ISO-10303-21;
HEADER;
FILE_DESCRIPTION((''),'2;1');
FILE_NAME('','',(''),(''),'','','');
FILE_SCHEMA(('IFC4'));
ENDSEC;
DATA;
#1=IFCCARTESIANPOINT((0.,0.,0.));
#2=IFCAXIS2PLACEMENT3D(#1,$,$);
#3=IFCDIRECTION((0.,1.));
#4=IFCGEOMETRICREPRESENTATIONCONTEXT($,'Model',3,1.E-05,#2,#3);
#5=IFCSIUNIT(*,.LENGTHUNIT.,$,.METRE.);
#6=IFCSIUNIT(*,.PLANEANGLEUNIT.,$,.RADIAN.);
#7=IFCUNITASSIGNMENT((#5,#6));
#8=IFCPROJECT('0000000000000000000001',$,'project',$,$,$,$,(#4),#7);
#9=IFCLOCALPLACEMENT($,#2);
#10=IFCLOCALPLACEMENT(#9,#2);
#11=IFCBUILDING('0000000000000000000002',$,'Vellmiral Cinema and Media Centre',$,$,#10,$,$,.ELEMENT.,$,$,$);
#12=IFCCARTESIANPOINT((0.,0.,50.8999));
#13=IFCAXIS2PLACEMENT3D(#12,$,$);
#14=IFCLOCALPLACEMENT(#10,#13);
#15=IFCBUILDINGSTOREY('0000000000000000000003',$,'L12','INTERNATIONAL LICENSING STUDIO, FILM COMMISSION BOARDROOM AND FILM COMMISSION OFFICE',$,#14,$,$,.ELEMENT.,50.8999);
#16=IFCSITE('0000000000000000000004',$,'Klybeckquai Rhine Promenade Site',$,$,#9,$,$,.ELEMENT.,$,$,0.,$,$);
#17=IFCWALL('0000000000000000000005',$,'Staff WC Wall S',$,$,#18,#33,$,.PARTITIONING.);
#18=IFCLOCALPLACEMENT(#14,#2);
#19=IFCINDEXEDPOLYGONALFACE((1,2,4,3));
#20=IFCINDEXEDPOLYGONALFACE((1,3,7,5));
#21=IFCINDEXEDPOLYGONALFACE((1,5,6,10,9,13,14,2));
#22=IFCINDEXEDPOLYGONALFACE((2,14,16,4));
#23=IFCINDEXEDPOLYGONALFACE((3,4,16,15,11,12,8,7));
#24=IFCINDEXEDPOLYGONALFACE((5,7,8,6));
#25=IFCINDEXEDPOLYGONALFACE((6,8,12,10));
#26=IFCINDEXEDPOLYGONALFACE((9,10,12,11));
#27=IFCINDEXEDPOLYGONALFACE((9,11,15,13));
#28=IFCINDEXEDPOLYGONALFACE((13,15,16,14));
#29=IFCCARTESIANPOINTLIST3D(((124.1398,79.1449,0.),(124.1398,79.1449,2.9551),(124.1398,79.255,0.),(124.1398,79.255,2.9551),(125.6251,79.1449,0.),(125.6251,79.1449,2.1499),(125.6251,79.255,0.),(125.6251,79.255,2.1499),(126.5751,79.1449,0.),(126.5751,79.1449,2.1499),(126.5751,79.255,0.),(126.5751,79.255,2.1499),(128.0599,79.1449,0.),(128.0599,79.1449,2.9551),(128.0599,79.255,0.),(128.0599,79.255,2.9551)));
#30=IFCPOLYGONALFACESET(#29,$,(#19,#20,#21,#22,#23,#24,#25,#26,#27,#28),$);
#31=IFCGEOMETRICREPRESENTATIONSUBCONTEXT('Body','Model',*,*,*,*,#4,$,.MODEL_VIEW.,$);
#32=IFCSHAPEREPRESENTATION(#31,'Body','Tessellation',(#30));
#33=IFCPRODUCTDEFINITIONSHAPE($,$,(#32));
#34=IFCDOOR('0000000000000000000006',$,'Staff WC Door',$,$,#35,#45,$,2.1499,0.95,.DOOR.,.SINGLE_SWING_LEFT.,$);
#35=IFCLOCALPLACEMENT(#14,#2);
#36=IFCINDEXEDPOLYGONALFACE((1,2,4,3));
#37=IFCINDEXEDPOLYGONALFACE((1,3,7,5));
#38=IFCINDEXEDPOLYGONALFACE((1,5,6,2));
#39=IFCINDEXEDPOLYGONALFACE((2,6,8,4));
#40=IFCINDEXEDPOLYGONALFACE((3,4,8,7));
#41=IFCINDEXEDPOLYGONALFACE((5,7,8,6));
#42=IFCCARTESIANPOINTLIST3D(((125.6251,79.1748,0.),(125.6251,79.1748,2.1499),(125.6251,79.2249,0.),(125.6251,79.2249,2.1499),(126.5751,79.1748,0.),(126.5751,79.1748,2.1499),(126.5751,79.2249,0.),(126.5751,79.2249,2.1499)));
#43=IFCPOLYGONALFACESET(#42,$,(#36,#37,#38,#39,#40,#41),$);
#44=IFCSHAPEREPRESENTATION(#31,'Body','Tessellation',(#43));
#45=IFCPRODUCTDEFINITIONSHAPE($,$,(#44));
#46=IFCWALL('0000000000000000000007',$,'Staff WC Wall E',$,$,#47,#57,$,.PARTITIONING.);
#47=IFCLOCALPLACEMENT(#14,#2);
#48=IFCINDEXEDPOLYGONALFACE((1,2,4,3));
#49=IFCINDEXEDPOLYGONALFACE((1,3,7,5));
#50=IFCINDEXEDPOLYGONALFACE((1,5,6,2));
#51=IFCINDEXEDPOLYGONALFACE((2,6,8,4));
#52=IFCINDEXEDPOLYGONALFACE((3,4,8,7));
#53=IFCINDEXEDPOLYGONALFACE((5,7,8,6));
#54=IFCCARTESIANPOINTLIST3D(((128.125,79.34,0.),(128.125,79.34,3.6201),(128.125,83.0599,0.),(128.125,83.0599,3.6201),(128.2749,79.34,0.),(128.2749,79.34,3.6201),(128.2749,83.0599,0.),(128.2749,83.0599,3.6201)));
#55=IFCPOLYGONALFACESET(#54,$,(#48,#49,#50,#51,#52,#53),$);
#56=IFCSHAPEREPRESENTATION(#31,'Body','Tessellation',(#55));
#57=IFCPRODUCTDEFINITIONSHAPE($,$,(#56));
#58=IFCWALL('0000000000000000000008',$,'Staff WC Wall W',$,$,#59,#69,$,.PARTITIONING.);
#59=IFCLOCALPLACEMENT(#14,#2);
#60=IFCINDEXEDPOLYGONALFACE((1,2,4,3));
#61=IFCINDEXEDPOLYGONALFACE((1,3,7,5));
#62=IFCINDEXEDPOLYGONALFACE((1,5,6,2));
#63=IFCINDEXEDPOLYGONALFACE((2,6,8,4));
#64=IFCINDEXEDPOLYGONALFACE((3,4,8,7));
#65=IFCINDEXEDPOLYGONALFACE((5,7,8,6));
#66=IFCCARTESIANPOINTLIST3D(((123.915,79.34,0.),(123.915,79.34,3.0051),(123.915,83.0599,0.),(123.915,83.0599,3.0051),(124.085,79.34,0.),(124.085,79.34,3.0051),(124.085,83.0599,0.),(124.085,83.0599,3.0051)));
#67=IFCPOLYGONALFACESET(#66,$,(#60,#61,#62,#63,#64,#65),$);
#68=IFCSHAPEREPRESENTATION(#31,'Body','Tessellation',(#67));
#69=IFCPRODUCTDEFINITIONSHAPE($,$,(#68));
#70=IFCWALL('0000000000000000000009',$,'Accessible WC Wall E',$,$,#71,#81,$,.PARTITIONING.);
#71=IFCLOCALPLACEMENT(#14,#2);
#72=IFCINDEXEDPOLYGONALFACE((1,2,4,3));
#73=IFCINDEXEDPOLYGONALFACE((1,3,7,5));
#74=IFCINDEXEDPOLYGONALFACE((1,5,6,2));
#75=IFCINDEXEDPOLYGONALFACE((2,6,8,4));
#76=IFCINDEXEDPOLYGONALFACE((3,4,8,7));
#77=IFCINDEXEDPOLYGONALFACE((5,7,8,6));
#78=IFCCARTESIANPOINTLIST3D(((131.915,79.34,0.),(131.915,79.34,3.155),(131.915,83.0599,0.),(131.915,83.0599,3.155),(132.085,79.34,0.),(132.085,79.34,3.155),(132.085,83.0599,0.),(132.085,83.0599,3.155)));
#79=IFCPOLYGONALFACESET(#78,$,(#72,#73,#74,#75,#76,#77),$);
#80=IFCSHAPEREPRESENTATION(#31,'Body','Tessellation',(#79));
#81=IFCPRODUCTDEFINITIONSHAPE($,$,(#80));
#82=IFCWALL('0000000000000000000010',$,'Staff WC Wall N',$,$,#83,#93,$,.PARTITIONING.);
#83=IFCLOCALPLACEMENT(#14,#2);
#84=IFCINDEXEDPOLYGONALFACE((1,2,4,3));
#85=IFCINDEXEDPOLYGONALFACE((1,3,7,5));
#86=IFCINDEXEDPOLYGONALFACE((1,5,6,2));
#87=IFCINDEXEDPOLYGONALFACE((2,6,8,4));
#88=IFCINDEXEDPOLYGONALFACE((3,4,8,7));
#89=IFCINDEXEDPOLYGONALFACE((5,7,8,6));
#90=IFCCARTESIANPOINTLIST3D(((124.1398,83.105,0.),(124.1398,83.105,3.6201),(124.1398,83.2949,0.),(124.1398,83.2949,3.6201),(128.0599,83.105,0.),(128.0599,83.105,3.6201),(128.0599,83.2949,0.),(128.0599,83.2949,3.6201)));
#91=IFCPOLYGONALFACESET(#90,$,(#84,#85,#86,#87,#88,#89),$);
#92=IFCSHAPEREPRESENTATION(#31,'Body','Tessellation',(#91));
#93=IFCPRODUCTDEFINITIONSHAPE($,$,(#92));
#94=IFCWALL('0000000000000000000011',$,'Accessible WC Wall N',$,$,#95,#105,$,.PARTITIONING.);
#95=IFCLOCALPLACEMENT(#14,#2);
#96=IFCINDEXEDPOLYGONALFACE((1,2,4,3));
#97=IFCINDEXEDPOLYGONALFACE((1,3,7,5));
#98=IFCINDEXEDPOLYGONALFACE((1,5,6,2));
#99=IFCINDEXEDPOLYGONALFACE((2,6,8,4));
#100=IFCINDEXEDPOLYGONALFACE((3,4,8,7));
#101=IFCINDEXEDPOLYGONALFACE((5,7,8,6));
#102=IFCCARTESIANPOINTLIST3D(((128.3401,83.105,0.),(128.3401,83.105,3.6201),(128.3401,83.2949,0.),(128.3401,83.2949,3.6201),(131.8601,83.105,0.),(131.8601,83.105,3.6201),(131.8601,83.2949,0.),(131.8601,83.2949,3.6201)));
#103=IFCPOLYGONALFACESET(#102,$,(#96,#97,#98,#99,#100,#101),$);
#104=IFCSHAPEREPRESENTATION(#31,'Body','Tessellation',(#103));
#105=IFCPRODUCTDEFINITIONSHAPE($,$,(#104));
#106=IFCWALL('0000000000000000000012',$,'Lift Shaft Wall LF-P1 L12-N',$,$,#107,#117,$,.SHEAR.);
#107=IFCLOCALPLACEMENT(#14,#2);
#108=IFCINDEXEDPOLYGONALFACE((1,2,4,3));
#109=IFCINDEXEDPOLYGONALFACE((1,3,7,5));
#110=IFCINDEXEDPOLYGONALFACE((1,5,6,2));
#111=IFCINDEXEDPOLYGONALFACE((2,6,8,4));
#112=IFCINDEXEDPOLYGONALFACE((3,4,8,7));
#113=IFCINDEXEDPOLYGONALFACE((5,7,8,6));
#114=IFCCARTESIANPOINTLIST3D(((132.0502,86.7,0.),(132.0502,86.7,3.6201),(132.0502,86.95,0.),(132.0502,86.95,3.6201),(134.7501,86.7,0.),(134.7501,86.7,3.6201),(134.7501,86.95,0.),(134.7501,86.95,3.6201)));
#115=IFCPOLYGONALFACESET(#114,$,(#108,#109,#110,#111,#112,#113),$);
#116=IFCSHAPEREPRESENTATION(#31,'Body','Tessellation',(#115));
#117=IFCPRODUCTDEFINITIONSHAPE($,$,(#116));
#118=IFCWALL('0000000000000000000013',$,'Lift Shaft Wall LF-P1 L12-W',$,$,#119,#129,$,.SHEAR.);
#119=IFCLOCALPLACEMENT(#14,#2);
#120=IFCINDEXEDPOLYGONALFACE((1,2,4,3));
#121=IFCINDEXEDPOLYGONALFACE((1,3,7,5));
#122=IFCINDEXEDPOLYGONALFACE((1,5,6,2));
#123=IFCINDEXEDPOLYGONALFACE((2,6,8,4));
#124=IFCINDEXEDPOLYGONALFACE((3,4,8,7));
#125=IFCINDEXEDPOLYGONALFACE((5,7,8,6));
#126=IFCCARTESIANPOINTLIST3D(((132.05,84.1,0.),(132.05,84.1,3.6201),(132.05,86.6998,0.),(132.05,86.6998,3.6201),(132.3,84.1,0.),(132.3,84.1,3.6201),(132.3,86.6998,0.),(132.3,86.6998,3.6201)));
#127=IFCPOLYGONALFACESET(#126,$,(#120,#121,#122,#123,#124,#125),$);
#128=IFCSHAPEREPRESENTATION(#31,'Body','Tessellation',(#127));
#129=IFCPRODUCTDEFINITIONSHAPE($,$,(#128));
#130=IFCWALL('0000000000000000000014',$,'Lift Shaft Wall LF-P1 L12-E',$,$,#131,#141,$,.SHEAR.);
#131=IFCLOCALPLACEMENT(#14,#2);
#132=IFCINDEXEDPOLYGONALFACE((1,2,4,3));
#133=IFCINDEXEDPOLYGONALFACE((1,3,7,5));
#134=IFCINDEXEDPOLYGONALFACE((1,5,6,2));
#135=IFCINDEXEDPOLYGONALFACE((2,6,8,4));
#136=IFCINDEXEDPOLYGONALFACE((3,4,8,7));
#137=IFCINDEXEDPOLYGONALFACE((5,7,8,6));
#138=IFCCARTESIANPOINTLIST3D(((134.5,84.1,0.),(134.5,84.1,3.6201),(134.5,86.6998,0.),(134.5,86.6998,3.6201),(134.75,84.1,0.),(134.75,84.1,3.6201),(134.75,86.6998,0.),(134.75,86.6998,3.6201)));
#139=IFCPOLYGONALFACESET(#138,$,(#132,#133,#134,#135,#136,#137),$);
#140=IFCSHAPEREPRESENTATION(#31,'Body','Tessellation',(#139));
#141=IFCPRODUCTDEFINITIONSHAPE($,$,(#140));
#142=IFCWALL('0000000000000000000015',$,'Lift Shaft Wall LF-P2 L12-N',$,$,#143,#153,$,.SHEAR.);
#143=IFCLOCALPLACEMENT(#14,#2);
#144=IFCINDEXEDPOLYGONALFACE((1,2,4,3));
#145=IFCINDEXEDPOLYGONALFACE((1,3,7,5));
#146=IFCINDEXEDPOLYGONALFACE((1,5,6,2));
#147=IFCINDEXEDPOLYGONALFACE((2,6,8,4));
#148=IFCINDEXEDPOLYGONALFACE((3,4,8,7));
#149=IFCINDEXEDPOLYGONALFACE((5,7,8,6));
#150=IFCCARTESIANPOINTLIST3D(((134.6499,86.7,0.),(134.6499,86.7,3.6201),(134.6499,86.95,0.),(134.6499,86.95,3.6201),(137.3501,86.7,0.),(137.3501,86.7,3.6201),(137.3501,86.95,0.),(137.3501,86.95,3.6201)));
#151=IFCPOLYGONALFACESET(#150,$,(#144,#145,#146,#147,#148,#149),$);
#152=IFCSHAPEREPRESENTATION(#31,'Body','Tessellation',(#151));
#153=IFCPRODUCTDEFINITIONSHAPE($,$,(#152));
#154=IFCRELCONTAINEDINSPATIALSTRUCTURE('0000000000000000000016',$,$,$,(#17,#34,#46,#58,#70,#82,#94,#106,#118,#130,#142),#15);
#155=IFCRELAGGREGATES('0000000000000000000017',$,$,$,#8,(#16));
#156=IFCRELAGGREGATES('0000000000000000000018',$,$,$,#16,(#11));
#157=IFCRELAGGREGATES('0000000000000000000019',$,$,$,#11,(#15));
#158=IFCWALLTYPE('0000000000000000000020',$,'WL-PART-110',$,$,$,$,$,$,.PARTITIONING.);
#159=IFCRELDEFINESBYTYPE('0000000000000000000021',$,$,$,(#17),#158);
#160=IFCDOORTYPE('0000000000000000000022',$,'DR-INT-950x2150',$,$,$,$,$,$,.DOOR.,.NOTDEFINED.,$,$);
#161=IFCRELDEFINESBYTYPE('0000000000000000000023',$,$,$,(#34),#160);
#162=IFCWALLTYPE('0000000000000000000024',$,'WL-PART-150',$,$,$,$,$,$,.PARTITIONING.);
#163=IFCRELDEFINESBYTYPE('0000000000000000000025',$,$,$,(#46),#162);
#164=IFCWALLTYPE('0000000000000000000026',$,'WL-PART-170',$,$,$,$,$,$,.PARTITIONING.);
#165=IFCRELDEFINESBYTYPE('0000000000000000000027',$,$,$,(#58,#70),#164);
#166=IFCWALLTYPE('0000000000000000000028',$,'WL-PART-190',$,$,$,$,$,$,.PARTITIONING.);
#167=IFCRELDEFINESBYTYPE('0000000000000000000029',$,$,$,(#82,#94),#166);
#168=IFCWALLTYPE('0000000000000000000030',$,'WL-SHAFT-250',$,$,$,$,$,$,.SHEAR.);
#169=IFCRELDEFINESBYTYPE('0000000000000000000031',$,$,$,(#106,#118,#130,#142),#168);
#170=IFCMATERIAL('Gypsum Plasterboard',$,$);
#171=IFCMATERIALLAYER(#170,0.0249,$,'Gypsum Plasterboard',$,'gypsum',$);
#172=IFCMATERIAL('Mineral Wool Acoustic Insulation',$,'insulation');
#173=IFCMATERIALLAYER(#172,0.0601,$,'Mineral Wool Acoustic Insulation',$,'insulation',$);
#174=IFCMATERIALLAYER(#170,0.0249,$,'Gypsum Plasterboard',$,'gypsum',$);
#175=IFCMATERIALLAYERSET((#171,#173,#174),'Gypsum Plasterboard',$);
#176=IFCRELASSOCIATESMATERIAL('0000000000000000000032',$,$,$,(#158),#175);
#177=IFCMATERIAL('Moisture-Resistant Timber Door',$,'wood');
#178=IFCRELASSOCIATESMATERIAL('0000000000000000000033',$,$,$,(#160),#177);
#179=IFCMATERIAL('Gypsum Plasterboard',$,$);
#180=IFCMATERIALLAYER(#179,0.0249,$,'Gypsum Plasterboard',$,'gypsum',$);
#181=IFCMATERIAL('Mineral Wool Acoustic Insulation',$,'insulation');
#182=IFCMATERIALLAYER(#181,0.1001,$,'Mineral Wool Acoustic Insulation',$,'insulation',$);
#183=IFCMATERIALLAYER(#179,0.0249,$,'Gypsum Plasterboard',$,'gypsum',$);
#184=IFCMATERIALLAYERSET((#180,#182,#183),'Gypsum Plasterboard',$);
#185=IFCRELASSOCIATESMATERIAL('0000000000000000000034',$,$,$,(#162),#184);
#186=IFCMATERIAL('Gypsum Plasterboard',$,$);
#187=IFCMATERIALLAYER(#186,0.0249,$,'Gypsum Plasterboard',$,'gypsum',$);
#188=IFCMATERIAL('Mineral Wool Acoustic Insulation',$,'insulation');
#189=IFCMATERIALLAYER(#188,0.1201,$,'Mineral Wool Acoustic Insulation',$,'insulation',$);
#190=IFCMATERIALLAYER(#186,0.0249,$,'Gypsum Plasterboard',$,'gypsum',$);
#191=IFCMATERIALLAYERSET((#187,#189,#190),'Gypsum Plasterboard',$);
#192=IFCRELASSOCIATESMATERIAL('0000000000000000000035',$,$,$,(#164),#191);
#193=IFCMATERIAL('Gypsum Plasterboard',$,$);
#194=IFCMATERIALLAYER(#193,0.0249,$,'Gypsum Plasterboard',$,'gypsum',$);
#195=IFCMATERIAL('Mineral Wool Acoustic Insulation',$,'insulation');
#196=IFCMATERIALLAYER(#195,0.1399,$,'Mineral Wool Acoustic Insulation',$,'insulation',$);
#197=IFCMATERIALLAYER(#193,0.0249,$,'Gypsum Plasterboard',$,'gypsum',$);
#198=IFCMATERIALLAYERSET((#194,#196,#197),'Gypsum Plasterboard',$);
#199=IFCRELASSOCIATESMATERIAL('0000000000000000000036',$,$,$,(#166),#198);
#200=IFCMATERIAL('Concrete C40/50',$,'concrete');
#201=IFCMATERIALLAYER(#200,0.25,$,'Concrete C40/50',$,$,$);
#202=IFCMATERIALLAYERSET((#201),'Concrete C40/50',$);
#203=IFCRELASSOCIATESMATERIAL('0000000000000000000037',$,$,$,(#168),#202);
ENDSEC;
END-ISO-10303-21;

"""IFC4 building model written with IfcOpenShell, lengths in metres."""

from ifc_helpers import new_model, si_unit, direction, frame, frame_2d, origin, place, context, subcontext, project, spatial, rectangle, extrude, material, layer, layer_set, type_object, element, fill, save


model = new_model("IFC4")

# Units and contexts
model_context = context("Model", 3, precision=1e-05, world=origin(), true_north=direction((0.0, 1.0)))
body_context = subcontext(model_context, "Body", "Model", "MODEL_VIEW")
ifc_project = project(units=[si_unit("LENGTHUNIT", "METRE"), si_unit("PLANEANGLEUNIT", "RADIAN")], contexts=[model_context])

# Site, building, storey
site_placement = place(None, origin())
site = spatial("IfcSite", under=ifc_project, at=site_placement, Name="Klybeckquai Rhine Promenade Site", CompositionType="ELEMENT", RefElevation=0.0)
building_placement = place(site_placement, origin())
building = spatial("IfcBuilding", under=site, at=building_placement, Name="Vellmiral Cinema and Media Centre", CompositionType="ELEMENT")
storey_placement = place(building_placement, frame((0.0, 0.0, 50.8999)))
storey = spatial("IfcBuildingStorey", under=building, at=storey_placement, Name="L12", Description="INTERNATIONAL LICENSING STUDIO, FILM COMMISSION BOARDROOM AND FILM COMMISSION OFFICE", CompositionType="ELEMENT", Elevation=50.8999)

# Wall, opening, door
ifc_material_1 = material(Name="Gypsum Plasterboard")
ifc_layer_1 = layer(ifc_material_1, 0.0249, Name="Gypsum Plasterboard", Category="gypsum")
ifc_material_2 = material(Name="Mineral Wool Acoustic Insulation", Category="insulation")
ifc_layer_2 = layer(ifc_material_2, 0.0601, Name="Mineral Wool Acoustic Insulation", Category="insulation")
ifc_layer_3 = layer(ifc_material_1, 0.0249, Name="Gypsum Plasterboard", Category="gypsum")
ifc_layer_set_1 = layer_set([ifc_layer_1, ifc_layer_2, ifc_layer_3], Name="Gypsum Plasterboard")
wall_type_1 = type_object("IfcWallType", Name="WL-PART-110", PredefinedType="PARTITIONING", material=ifc_layer_set_1)
wall_1_placement = place(storey_placement, frame((124.1399, 79.2, 0.0), z_axis=(0.0, 0.0, 1.0), x_axis=(1.0, 0.0, 0.0)))
wall_1 = element("IfcWall", 1, at=wall_1_placement, inside=storey, type_object=wall_type_1, Name="Staff WC Wall S", PredefinedType="PARTITIONING", context=body_context, shape_type="SweptSolid", body=[
    extrude(rectangle(XDim=3.9202, YDim=0.1101, at=frame_2d((1.96, 0.0))), origin(), (0.0, 0.0, 1.0), 2.9551),
])
opening_1_placement = place(wall_1_placement, frame((1.4851, 0.0, 0.0)))
opening_1 = element("IfcOpeningElement", 2, at=opening_1_placement, cuts=wall_1, PredefinedType="OPENING", context=body_context, shape_type="SweptSolid", body=[
    extrude(rectangle(XDim=0.95, YDim=2.1499, at=frame_2d((0.4751, 1.075))), frame((0.0, 0.0669, 0.0), z_axis=(0.0, -1.0, 0.0), x_axis=(1.0, 0.0, 0.0)), (0.0, 0.0, 1.0), 0.134),
])
ifc_material_3 = material(Name="Moisture-Resistant Timber Door", Category="wood")
door_type_1 = type_object("IfcDoorType", Name="DR-INT-950x2150", OperationType="NOTDEFINED", PredefinedType="DOOR", material=ifc_material_3)
door_1_placement = place(opening_1_placement, origin())
door_1 = element("IfcDoor", 3, at=door_1_placement, inside=storey, type_object=door_type_1, Name="Staff WC Door", OperationType="SINGLE_SWING_LEFT", OverallHeight=2.1499, OverallWidth=0.95, PredefinedType="DOOR", context=body_context, shape_type="SweptSolid", body=[
    extrude(rectangle(XDim=0.95, YDim=2.1499, at=frame_2d((0.4751, 1.075))), frame((0.0, 0.0249, 0.0), z_axis=(0.0, -1.0, 0.0), x_axis=(1.0, 0.0, 0.0)), (0.0, 0.0, 1.0), 0.05),
])
fill(opening_1, door_1)

# Walls
ifc_material_4 = material(Name="Gypsum Plasterboard")
ifc_layer_4 = layer(ifc_material_4, 0.0249, Name="Gypsum Plasterboard", Category="gypsum")
ifc_material_5 = material(Name="Mineral Wool Acoustic Insulation", Category="insulation")
ifc_layer_5 = layer(ifc_material_5, 0.1001, Name="Mineral Wool Acoustic Insulation", Category="insulation")
ifc_layer_6 = layer(ifc_material_4, 0.0249, Name="Gypsum Plasterboard", Category="gypsum")
ifc_layer_set_2 = layer_set([ifc_layer_4, ifc_layer_5, ifc_layer_6], Name="Gypsum Plasterboard")
wall_type_2 = type_object("IfcWallType", Name="WL-PART-150", PredefinedType="PARTITIONING", material=ifc_layer_set_2)
wall_2_placement = place(storey_placement, frame((128.2, 79.3401, 0.0), z_axis=(0.0, 0.0, 1.0), x_axis=(0.0, 1.0, 0.0)))
element("IfcWall", 4, at=wall_2_placement, inside=storey, type_object=wall_type_2, Name="Staff WC Wall E", PredefinedType="PARTITIONING", context=body_context, shape_type="SweptSolid", body=[
    extrude(rectangle(XDim=3.72, YDim=0.1499, at=frame_2d((1.8599, 0.0))), origin(), (0.0, 0.0, 1.0), 3.6201),
])
ifc_material_6 = material(Name="Gypsum Plasterboard")
ifc_layer_7 = layer(ifc_material_6, 0.0249, Name="Gypsum Plasterboard", Category="gypsum")
ifc_material_7 = material(Name="Mineral Wool Acoustic Insulation", Category="insulation")
ifc_layer_8 = layer(ifc_material_7, 0.1201, Name="Mineral Wool Acoustic Insulation", Category="insulation")
ifc_layer_9 = layer(ifc_material_6, 0.0249, Name="Gypsum Plasterboard", Category="gypsum")
ifc_layer_set_3 = layer_set([ifc_layer_7, ifc_layer_8, ifc_layer_9], Name="Gypsum Plasterboard")
wall_type_3 = type_object("IfcWallType", Name="WL-PART-170", PredefinedType="PARTITIONING", material=ifc_layer_set_3)
wall_3_placement = place(storey_placement, frame((124.0, 79.3401, 0.0), z_axis=(0.0, 0.0, 1.0), x_axis=(0.0, 1.0, 0.0)))
element("IfcWall", 5, at=wall_3_placement, inside=storey, type_object=wall_type_3, Name="Staff WC Wall W", PredefinedType="PARTITIONING", context=body_context, shape_type="SweptSolid", body=[
    extrude(rectangle(XDim=3.72, YDim=0.1699, at=frame_2d((1.8599, 0.0))), origin(), (0.0, 0.0, 1.0), 3.0051),
])
wall_4_placement = place(storey_placement, frame((132.0, 79.3401, 0.0), z_axis=(0.0, 0.0, 1.0), x_axis=(0.0, 1.0, 0.0)))
element("IfcWall", 6, at=wall_4_placement, inside=storey, type_object=wall_type_3, Name="Accessible WC Wall E", PredefinedType="PARTITIONING", context=body_context, shape_type="SweptSolid", body=[
    extrude(rectangle(XDim=3.72, YDim=0.1699, at=frame_2d((1.8599, 0.0))), origin(), (0.0, 0.0, 1.0), 3.155),
])
ifc_material_8 = material(Name="Gypsum Plasterboard")
ifc_layer_10 = layer(ifc_material_8, 0.0249, Name="Gypsum Plasterboard", Category="gypsum")
ifc_material_9 = material(Name="Mineral Wool Acoustic Insulation", Category="insulation")
ifc_layer_11 = layer(ifc_material_9, 0.1399, Name="Mineral Wool Acoustic Insulation", Category="insulation")
ifc_layer_12 = layer(ifc_material_8, 0.0249, Name="Gypsum Plasterboard", Category="gypsum")
ifc_layer_set_4 = layer_set([ifc_layer_10, ifc_layer_11, ifc_layer_12], Name="Gypsum Plasterboard")
wall_type_4 = type_object("IfcWallType", Name="WL-PART-190", PredefinedType="PARTITIONING", material=ifc_layer_set_4)
wall_5_placement = place(storey_placement, frame((124.1399, 83.2, 0.0), z_axis=(0.0, 0.0, 1.0), x_axis=(1.0, 0.0, 0.0)))
element("IfcWall", 7, at=wall_5_placement, inside=storey, type_object=wall_type_4, Name="Staff WC Wall N", PredefinedType="PARTITIONING", context=body_context, shape_type="SweptSolid", body=[
    extrude(rectangle(XDim=3.9202, YDim=0.1899, at=frame_2d((1.96, 0.0))), origin(), (0.0, 0.0, 1.0), 3.6201),
])
wall_6_placement = place(storey_placement, frame((128.3401, 83.2, 0.0), z_axis=(0.0, 0.0, 1.0), x_axis=(1.0, 0.0, 0.0)))
element("IfcWall", 8, at=wall_6_placement, inside=storey, type_object=wall_type_4, Name="Accessible WC Wall N", PredefinedType="PARTITIONING", context=body_context, shape_type="SweptSolid", body=[
    extrude(rectangle(XDim=3.52, YDim=0.1899, at=frame_2d((1.76, 0.0))), origin(), (0.0, 0.0, 1.0), 3.6201),
])

# Shared definitions
ifc_material_10 = material(Name="Concrete C40/50", Category="concrete")
ifc_layer_13 = layer(ifc_material_10, 0.25, Name="Concrete C40/50")
ifc_layer_set_5 = layer_set([ifc_layer_13], Name="Concrete C40/50")
wall_type_5 = type_object("IfcWallType", Name="WL-SHAFT-250", PredefinedType="SHEAR", material=ifc_layer_set_5)

# Walls
wall_7_placement = place(storey_placement, frame((132.05, 86.825, 0.0), z_axis=(0.0, 0.0, 1.0), x_axis=(1.0, 0.0, 0.0)))
element("IfcWall", 9, at=wall_7_placement, inside=storey, type_object=wall_type_5, Name="Lift Shaft Wall LF-P1 L12-N", PredefinedType="SHEAR", context=body_context, shape_type="SweptSolid", body=[
    extrude(rectangle(XDim=2.7, YDim=0.25, at=frame_2d((1.3501, 0.0))), origin(), (0.0, 0.0, 1.0), 3.6201),
])
for number, where, z_axis, x_axis, name in (
    (10, (132.175, 84.1001, 0.0), (0.0, 0.0, 1.0), (0.0, 1.0, 0.0), "Lift Shaft Wall LF-P1 L12-W"),
    (11, (134.625, 84.1001, 0.0), (0.0, 0.0, 1.0), (0.0, 1.0, 0.0), "Lift Shaft Wall LF-P1 L12-E"),
):
    element("IfcWall", number, at=place(storey_placement, frame(where, z_axis=z_axis, x_axis=x_axis)), inside=storey, type_object=wall_type_5, Name=name, PredefinedType="SHEAR", context=body_context, shape_type="SweptSolid", body=[
        extrude(rectangle(XDim=2.5999, YDim=0.25, at=frame_2d((1.2998, 0.0))), origin(), (0.0, 0.0, 1.0), 3.6201),
    ])

# Wall
wall_8_placement = place(storey_placement, frame((134.6499, 86.825, 0.0), z_axis=(0.0, 0.0, 1.0), x_axis=(1.0, 0.0, 0.0)))
element("IfcWall", 12, at=wall_8_placement, inside=storey, type_object=wall_type_5, Name="Lift Shaft Wall LF-P2 L12-N", PredefinedType="SHEAR", context=body_context, shape_type="SweptSolid", body=[
    extrude(rectangle(XDim=2.7002, YDim=0.25, at=frame_2d((1.3501, 0.0))), origin(), (0.0, 0.0, 1.0), 3.6201),
])

save(model, "model.ifc")
